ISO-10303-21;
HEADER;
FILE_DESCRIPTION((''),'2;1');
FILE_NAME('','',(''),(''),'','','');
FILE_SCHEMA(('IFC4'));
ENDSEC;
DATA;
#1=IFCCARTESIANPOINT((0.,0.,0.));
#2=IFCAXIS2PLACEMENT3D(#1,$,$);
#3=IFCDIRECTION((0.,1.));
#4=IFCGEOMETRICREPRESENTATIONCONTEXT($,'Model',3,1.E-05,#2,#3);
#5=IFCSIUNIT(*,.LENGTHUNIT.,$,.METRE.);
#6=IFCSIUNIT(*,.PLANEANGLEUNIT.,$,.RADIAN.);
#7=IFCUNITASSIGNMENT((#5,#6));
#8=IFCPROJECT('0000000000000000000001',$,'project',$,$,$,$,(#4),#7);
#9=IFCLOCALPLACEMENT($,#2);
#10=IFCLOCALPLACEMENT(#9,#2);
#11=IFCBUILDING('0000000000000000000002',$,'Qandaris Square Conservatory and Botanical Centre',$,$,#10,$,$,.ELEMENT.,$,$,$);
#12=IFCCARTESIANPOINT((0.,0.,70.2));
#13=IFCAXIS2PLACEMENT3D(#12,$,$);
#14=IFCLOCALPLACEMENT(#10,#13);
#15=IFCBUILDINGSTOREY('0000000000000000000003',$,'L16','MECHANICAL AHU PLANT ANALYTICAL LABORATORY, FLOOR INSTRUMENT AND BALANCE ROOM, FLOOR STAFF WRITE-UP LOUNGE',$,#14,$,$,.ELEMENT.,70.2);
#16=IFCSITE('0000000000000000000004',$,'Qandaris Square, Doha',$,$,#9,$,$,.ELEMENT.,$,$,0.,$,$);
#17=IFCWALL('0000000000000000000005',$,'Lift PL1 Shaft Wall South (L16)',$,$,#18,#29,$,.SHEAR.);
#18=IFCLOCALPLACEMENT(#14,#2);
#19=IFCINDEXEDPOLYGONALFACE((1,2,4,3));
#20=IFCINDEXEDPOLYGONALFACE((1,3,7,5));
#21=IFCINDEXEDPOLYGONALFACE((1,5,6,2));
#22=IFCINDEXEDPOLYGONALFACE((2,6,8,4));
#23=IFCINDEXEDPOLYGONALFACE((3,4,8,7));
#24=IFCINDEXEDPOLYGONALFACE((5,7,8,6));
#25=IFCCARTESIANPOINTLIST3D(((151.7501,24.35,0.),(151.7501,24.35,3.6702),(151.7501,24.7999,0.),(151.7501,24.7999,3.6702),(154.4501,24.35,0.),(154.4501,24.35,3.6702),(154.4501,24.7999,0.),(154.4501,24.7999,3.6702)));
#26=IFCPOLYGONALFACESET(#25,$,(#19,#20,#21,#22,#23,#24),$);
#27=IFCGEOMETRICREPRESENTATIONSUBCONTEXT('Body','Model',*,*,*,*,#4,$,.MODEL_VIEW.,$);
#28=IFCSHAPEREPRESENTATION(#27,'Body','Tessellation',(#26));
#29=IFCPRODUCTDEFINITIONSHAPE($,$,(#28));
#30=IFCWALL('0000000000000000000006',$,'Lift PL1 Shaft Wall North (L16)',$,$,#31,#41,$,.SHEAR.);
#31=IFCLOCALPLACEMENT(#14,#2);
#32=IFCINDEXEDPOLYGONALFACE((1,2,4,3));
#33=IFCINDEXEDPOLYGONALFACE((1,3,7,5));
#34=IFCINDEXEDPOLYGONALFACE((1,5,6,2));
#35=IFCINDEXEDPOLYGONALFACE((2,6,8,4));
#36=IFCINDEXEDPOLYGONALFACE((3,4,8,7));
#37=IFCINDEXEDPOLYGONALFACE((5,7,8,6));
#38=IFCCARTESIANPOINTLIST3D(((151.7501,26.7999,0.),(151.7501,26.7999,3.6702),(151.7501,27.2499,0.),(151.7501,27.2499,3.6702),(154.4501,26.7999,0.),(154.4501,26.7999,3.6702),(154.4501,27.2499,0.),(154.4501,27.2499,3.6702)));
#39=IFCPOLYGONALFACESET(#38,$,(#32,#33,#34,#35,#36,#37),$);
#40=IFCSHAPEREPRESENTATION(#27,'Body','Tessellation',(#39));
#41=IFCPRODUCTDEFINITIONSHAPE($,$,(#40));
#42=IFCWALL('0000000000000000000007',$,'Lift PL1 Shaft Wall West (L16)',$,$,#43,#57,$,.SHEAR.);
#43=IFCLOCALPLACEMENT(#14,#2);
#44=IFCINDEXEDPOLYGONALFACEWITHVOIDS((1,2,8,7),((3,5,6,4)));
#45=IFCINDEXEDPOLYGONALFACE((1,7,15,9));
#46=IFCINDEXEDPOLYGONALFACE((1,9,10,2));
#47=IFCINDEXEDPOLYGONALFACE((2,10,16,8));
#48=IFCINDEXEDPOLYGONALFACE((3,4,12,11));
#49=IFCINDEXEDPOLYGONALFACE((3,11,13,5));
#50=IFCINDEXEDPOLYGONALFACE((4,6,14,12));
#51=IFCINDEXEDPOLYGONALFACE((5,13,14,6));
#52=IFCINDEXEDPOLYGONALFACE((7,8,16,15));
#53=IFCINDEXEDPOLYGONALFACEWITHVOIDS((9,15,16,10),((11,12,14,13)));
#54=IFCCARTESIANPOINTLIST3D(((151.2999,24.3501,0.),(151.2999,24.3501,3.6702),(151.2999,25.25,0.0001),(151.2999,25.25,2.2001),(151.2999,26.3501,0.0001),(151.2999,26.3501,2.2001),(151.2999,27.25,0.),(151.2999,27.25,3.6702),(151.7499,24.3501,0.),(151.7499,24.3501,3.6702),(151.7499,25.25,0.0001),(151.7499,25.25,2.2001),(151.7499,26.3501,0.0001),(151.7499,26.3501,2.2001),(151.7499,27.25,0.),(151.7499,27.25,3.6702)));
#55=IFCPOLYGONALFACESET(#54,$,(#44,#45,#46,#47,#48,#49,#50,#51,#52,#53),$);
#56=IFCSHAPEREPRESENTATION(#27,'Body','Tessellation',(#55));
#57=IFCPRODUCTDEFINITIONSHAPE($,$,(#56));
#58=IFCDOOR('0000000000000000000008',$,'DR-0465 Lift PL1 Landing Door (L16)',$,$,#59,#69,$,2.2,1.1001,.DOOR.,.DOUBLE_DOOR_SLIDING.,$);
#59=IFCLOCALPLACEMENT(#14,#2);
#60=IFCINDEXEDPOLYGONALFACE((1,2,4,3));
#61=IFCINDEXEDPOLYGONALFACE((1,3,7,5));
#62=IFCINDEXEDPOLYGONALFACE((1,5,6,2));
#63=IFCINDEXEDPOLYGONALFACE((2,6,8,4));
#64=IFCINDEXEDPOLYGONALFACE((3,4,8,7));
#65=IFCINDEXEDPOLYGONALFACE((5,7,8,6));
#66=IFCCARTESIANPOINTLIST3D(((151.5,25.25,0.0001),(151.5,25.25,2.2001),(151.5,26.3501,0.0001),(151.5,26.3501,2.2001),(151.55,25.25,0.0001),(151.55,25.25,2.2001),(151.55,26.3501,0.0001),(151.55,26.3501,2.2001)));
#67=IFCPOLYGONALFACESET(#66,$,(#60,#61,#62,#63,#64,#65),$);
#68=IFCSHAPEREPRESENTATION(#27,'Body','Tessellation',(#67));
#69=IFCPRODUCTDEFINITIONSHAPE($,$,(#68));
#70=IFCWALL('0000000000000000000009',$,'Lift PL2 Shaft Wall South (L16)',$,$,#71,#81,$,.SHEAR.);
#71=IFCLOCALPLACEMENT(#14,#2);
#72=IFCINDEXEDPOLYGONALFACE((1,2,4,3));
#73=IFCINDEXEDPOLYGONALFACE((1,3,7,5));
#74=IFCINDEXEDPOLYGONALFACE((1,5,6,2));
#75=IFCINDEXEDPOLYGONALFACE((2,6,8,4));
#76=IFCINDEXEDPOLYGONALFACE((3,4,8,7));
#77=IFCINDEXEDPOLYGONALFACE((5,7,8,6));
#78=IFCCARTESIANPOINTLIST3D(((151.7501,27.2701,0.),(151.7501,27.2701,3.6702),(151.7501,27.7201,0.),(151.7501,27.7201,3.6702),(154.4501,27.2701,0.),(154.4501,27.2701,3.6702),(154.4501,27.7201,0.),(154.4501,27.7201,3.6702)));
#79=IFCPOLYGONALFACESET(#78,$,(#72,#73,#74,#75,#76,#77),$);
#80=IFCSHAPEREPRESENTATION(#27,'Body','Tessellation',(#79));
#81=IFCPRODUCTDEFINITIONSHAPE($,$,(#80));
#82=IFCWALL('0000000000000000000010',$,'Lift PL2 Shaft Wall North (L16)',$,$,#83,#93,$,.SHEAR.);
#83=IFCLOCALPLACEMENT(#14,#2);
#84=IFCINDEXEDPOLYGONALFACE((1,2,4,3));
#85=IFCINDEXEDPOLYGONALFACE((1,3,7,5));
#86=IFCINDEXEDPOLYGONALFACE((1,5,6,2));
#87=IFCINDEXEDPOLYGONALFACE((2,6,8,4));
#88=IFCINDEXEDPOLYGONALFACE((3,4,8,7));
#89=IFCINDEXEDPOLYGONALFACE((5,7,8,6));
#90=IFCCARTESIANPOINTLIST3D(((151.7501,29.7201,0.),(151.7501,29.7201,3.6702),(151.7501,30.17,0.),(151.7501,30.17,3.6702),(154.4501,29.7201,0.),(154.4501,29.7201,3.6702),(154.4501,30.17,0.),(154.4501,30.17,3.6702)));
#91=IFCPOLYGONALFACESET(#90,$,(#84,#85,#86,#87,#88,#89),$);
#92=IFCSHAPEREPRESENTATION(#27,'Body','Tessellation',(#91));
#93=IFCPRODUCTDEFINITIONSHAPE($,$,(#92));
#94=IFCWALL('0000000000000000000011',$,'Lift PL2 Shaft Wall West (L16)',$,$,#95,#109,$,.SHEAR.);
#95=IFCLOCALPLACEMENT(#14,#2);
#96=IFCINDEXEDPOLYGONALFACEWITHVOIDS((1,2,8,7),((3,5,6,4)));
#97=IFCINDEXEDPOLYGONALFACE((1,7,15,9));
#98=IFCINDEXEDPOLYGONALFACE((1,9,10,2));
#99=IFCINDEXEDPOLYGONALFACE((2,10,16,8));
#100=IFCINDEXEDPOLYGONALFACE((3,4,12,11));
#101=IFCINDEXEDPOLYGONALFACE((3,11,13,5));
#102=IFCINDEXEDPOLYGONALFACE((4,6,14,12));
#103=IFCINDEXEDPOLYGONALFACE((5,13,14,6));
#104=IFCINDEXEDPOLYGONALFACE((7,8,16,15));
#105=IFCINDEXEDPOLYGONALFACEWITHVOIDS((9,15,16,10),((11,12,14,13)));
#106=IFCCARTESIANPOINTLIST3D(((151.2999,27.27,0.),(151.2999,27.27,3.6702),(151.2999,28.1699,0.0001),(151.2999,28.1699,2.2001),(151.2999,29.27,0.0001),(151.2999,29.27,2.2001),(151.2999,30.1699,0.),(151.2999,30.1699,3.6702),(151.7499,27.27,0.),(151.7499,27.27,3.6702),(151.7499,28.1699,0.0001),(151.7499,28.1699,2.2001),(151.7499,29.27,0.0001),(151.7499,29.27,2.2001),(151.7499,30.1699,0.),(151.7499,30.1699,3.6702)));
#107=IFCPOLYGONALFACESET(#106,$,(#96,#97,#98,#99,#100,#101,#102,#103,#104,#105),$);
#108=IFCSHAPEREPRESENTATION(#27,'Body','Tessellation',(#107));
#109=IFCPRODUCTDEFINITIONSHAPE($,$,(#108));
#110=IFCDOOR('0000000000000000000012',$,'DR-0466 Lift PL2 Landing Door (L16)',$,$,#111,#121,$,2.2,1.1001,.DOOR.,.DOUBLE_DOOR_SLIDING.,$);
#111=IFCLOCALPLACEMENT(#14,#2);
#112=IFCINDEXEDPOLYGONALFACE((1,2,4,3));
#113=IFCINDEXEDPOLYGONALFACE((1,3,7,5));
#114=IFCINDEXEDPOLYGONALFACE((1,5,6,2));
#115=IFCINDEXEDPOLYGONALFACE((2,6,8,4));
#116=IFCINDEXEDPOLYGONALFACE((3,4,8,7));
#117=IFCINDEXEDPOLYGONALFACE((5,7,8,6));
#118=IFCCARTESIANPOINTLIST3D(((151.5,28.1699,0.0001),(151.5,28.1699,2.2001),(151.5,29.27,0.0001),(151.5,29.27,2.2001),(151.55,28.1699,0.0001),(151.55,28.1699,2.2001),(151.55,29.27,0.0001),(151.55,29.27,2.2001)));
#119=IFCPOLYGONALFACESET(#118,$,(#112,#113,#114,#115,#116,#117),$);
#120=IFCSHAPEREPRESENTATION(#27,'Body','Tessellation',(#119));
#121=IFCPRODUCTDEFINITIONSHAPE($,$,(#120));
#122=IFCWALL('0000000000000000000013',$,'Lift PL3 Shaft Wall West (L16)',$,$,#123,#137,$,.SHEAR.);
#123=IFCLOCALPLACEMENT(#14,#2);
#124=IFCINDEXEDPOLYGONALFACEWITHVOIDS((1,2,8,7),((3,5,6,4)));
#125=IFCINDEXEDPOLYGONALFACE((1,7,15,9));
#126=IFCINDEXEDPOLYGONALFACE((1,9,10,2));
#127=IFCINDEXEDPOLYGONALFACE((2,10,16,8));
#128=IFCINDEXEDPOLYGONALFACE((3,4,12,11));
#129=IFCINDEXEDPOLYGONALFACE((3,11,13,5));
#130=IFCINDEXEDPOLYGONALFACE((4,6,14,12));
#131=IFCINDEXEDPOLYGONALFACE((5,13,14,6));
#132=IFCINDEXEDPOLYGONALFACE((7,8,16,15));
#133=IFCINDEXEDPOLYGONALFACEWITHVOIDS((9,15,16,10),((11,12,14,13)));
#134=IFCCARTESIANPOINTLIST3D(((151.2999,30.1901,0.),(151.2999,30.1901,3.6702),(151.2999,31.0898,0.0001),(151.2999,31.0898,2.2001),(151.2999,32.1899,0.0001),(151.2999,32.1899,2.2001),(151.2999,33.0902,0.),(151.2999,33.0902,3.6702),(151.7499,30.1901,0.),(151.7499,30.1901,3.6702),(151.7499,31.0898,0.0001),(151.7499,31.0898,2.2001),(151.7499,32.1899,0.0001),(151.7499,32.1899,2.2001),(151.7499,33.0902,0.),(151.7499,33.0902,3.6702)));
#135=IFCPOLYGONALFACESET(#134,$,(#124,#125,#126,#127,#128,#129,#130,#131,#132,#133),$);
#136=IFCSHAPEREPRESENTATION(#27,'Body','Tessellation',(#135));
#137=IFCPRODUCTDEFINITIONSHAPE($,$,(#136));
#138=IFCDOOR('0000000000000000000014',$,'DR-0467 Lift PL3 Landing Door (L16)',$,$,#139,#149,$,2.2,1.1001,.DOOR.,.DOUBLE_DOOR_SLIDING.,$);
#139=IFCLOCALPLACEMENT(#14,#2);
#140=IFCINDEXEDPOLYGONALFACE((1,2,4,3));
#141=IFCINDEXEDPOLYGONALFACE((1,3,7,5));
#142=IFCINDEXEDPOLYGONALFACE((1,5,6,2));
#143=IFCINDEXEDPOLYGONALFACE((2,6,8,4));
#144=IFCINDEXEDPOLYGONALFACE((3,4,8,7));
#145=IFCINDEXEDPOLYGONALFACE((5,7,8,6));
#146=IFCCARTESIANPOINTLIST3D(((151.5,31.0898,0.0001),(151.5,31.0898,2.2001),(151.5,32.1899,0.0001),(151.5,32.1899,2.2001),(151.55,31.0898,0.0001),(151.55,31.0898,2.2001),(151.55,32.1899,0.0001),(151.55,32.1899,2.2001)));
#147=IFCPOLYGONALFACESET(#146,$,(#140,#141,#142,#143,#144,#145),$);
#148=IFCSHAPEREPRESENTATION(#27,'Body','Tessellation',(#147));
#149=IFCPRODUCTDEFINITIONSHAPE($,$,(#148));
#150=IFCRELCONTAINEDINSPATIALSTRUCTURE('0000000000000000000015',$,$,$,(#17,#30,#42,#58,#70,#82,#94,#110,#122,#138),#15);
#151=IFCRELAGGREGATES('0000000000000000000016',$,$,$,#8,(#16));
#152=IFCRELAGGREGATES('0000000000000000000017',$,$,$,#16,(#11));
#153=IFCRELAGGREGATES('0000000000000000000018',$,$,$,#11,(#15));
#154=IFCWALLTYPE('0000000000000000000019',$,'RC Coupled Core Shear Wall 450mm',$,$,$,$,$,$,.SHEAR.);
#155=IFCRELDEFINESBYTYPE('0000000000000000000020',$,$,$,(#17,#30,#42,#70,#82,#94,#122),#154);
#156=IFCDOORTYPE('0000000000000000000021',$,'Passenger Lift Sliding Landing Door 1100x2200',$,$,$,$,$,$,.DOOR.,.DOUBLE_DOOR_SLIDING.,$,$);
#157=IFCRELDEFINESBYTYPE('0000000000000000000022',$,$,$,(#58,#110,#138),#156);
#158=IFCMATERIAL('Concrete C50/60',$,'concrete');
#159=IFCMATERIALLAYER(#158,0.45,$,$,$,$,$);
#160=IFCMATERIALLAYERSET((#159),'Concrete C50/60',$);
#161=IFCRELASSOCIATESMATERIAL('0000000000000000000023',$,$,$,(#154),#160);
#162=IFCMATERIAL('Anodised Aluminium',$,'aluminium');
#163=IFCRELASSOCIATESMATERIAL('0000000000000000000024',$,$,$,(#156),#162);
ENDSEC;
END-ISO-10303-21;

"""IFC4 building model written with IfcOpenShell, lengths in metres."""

from ifc_helpers import new_model, si_unit, direction, frame, frame_2d, origin, place, context, subcontext, project, spatial, rectangle, extrude, material, layer, layer_set, type_object, element, fill, save


model = new_model("IFC4")

# Units and contexts
model_context = context("Model", 3, precision=1e-05, world=origin(), true_north=direction((0.0, 1.0)))
body_context = subcontext(model_context, "Body", "Model", "MODEL_VIEW")
ifc_project = project(units=[si_unit("LENGTHUNIT", "METRE"), si_unit("PLANEANGLEUNIT", "RADIAN")], contexts=[model_context])

# Site, building, storey
site_placement = place(None, origin())
site = spatial("IfcSite", under=ifc_project, at=site_placement, Name="Qandaris Square, Doha", CompositionType="ELEMENT", RefElevation=0.0)
building_placement = place(site_placement, origin())
building = spatial("IfcBuilding", under=site, at=building_placement, Name="Qandaris Square Conservatory and Botanical Centre", CompositionType="ELEMENT")
storey_placement = place(building_placement, frame((0.0, 0.0, 70.2)))
storey = spatial("IfcBuildingStorey", under=building, at=storey_placement, Name="L16", Description="MECHANICAL AHU PLANT ANALYTICAL LABORATORY, FLOOR INSTRUMENT AND BALANCE ROOM, FLOOR STAFF WRITE-UP LOUNGE", CompositionType="ELEMENT", Elevation=70.2)

# Shared definitions
ifc_material_1 = material(Name="Concrete C50/60", Category="concrete")

# Shared definitions
ifc_material_2 = material(Name="Anodised Aluminium", Category="aluminium")

# Walls
ifc_layer_1 = layer(ifc_material_1, 0.45)
ifc_layer_set_1 = layer_set([ifc_layer_1], Name="Concrete C50/60")
wall_type_1 = type_object("IfcWallType", Name="RC Coupled Core Shear Wall 450mm", PredefinedType="SHEAR", material=ifc_layer_set_1)
for number, where, z_axis, x_axis, name in (
    (1, (151.75, 24.575, 0.0), (0.0, 0.0, 1.0), (1.0, 0.0, 0.0), "Lift PL1 Shaft Wall South (L16)"),
    (2, (151.75, 27.0249, 0.0), (0.0, 0.0, 1.0), (1.0, 0.0, 0.0), "Lift PL1 Shaft Wall North (L16)"),
):
    element("IfcWall", number, at=place(storey_placement, frame(where, z_axis=z_axis, x_axis=x_axis)), inside=storey, type_object=wall_type_1, Name=name, PredefinedType="SHEAR", context=body_context, shape_type="SweptSolid", body=[
        extrude(rectangle(XDim=2.7, YDim=0.45, at=frame_2d((1.3501, 0.0))), origin(), (0.0, 0.0, 1.0), 3.6702),
    ])

# Wall, opening, door
wall_1_placement = place(storey_placement, frame((151.5249, 24.3501, 0.0), z_axis=(0.0, 0.0, 1.0), x_axis=(0.0, 1.0, 0.0)))
wall_1 = element("IfcWall", 3, at=wall_1_placement, inside=storey, type_object=wall_type_1, Name="Lift PL1 Shaft Wall West (L16)", PredefinedType="SHEAR", context=body_context, shape_type="SweptSolid", body=[
    extrude(rectangle(XDim=2.8999, YDim=0.45, at=frame_2d((1.45, 0.0))), origin(), (0.0, 0.0, 1.0), 3.6702),
])
opening_1_placement = place(wall_1_placement, frame((0.8999, 0.0, 0.0)))
opening_1 = element("IfcOpeningElement", 4, at=opening_1_placement, cuts=wall_1, PredefinedType="OPENING", context=body_context, shape_type="SweptSolid", body=[
    extrude(rectangle(XDim=1.1001, YDim=2.2, at=frame_2d((0.55, 1.1001))), frame((0.0, 0.2368, 0.0), z_axis=(0.0, -1.0, 0.0), x_axis=(1.0, 0.0, 0.0)), (0.0, 0.0, 1.0), 0.4739),
])
door_type_1 = type_object("IfcDoorType", Name="Passenger Lift Sliding Landing Door 1100x2200", OperationType="DOUBLE_DOOR_SLIDING", PredefinedType="DOOR", material=ifc_material_2)
door_1_placement = place(opening_1_placement, origin())
door_1 = element("IfcDoor", 5, at=door_1_placement, inside=storey, type_object=door_type_1, Name="DR-0465 Lift PL1 Landing Door (L16)", OperationType="DOUBLE_DOOR_SLIDING", OverallHeight=2.2, OverallWidth=1.1001, PredefinedType="DOOR", context=body_context, shape_type="SweptSolid", body=[
    extrude(rectangle(XDim=1.1001, YDim=2.2, at=frame_2d((0.55, 1.1001))), frame((0.0, 0.0249, 0.0), z_axis=(0.0, -1.0, 0.0), x_axis=(1.0, 0.0, 0.0)), (0.0, 0.0, 1.0), 0.05),
])
fill(opening_1, door_1)

# Walls
for number, where, z_axis, x_axis, name in (
    (6, (151.75, 27.4951, 0.0), (0.0, 0.0, 1.0), (1.0, 0.0, 0.0), "Lift PL2 Shaft Wall South (L16)"),
    (7, (151.75, 29.9451, 0.0), (0.0, 0.0, 1.0), (1.0, 0.0, 0.0), "Lift PL2 Shaft Wall North (L16)"),
):
    element("IfcWall", number, at=place(storey_placement, frame(where, z_axis=z_axis, x_axis=x_axis)), inside=storey, type_object=wall_type_1, Name=name, PredefinedType="SHEAR", context=body_context, shape_type="SweptSolid", body=[
        extrude(rectangle(XDim=2.7, YDim=0.45, at=frame_2d((1.3501, 0.0))), origin(), (0.0, 0.0, 1.0), 3.6702),
    ])

# Walls, openings, doors
wall_2_placement = place(storey_placement, frame((151.5249, 27.27, 0.0), z_axis=(0.0, 0.0, 1.0), x_axis=(0.0, 1.0, 0.0)))
wall_2 = element("IfcWall", 8, at=wall_2_placement, inside=storey, type_object=wall_type_1, Name="Lift PL2 Shaft Wall West (L16)", PredefinedType="SHEAR", context=body_context, shape_type="SweptSolid", body=[
    extrude(rectangle(XDim=2.8999, YDim=0.45, at=frame_2d((1.45, 0.0))), origin(), (0.0, 0.0, 1.0), 3.6702),
])
opening_2_placement = place(wall_2_placement, frame((0.8999, 0.0, 0.0)))
opening_2 = element("IfcOpeningElement", 9, at=opening_2_placement, cuts=wall_2, PredefinedType="OPENING", context=body_context, shape_type="SweptSolid", body=[
    extrude(rectangle(XDim=1.1001, YDim=2.2, at=frame_2d((0.55, 1.1001))), frame((0.0, 0.2368, 0.0), z_axis=(0.0, -1.0, 0.0), x_axis=(1.0, 0.0, 0.0)), (0.0, 0.0, 1.0), 0.4739),
])
door_2_placement = place(opening_2_placement, origin())
door_2 = element("IfcDoor", 10, at=door_2_placement, inside=storey, type_object=door_type_1, Name="DR-0466 Lift PL2 Landing Door (L16)", OperationType="DOUBLE_DOOR_SLIDING", OverallHeight=2.2, OverallWidth=1.1001, PredefinedType="DOOR", context=body_context, shape_type="SweptSolid", body=[
    extrude(rectangle(XDim=1.1001, YDim=2.2, at=frame_2d((0.55, 1.1001))), frame((0.0, 0.0249, 0.0), z_axis=(0.0, -1.0, 0.0), x_axis=(1.0, 0.0, 0.0)), (0.0, 0.0, 1.0), 0.05),
])
fill(opening_2, door_2)
wall_3_placement = place(storey_placement, frame((151.5249, 30.1899, 0.0), z_axis=(0.0, 0.0, 1.0), x_axis=(0.0, 1.0, 0.0)))
wall_3 = element("IfcWall", 11, at=wall_3_placement, inside=storey, type_object=wall_type_1, Name="Lift PL3 Shaft Wall West (L16)", PredefinedType="SHEAR", context=body_context, shape_type="SweptSolid", body=[
    extrude(rectangle(XDim=2.9001, YDim=0.45, at=frame_2d((1.4502, 0.0))), origin(), (0.0, 0.0, 1.0), 3.6702),
])
opening_3_placement = place(wall_3_placement, frame((0.8999, 0.0, 0.0)))
opening_3 = element("IfcOpeningElement", 12, at=opening_3_placement, cuts=wall_3, PredefinedType="OPENING", context=body_context, shape_type="SweptSolid", body=[
    extrude(rectangle(XDim=1.1001, YDim=2.2, at=frame_2d((0.55, 1.1001))), frame((0.0, 0.2368, 0.0), z_axis=(0.0, -1.0, 0.0), x_axis=(1.0, 0.0, 0.0)), (0.0, 0.0, 1.0), 0.4739),
])
door_3_placement = place(opening_3_placement, origin())
door_3 = element("IfcDoor", 13, at=door_3_placement, inside=storey, type_object=door_type_1, Name="DR-0467 Lift PL3 Landing Door (L16)", OperationType="DOUBLE_DOOR_SLIDING", OverallHeight=2.2, OverallWidth=1.1001, PredefinedType="DOOR", context=body_context, shape_type="SweptSolid", body=[
    extrude(rectangle(XDim=1.1001, YDim=2.2, at=frame_2d((0.55, 1.1001))), frame((0.0, 0.0249, 0.0), z_axis=(0.0, -1.0, 0.0), x_axis=(1.0, 0.0, 0.0)), (0.0, 0.0, 1.0), 0.05),
])
fill(opening_3, door_3)

save(model, "model.ifc")
